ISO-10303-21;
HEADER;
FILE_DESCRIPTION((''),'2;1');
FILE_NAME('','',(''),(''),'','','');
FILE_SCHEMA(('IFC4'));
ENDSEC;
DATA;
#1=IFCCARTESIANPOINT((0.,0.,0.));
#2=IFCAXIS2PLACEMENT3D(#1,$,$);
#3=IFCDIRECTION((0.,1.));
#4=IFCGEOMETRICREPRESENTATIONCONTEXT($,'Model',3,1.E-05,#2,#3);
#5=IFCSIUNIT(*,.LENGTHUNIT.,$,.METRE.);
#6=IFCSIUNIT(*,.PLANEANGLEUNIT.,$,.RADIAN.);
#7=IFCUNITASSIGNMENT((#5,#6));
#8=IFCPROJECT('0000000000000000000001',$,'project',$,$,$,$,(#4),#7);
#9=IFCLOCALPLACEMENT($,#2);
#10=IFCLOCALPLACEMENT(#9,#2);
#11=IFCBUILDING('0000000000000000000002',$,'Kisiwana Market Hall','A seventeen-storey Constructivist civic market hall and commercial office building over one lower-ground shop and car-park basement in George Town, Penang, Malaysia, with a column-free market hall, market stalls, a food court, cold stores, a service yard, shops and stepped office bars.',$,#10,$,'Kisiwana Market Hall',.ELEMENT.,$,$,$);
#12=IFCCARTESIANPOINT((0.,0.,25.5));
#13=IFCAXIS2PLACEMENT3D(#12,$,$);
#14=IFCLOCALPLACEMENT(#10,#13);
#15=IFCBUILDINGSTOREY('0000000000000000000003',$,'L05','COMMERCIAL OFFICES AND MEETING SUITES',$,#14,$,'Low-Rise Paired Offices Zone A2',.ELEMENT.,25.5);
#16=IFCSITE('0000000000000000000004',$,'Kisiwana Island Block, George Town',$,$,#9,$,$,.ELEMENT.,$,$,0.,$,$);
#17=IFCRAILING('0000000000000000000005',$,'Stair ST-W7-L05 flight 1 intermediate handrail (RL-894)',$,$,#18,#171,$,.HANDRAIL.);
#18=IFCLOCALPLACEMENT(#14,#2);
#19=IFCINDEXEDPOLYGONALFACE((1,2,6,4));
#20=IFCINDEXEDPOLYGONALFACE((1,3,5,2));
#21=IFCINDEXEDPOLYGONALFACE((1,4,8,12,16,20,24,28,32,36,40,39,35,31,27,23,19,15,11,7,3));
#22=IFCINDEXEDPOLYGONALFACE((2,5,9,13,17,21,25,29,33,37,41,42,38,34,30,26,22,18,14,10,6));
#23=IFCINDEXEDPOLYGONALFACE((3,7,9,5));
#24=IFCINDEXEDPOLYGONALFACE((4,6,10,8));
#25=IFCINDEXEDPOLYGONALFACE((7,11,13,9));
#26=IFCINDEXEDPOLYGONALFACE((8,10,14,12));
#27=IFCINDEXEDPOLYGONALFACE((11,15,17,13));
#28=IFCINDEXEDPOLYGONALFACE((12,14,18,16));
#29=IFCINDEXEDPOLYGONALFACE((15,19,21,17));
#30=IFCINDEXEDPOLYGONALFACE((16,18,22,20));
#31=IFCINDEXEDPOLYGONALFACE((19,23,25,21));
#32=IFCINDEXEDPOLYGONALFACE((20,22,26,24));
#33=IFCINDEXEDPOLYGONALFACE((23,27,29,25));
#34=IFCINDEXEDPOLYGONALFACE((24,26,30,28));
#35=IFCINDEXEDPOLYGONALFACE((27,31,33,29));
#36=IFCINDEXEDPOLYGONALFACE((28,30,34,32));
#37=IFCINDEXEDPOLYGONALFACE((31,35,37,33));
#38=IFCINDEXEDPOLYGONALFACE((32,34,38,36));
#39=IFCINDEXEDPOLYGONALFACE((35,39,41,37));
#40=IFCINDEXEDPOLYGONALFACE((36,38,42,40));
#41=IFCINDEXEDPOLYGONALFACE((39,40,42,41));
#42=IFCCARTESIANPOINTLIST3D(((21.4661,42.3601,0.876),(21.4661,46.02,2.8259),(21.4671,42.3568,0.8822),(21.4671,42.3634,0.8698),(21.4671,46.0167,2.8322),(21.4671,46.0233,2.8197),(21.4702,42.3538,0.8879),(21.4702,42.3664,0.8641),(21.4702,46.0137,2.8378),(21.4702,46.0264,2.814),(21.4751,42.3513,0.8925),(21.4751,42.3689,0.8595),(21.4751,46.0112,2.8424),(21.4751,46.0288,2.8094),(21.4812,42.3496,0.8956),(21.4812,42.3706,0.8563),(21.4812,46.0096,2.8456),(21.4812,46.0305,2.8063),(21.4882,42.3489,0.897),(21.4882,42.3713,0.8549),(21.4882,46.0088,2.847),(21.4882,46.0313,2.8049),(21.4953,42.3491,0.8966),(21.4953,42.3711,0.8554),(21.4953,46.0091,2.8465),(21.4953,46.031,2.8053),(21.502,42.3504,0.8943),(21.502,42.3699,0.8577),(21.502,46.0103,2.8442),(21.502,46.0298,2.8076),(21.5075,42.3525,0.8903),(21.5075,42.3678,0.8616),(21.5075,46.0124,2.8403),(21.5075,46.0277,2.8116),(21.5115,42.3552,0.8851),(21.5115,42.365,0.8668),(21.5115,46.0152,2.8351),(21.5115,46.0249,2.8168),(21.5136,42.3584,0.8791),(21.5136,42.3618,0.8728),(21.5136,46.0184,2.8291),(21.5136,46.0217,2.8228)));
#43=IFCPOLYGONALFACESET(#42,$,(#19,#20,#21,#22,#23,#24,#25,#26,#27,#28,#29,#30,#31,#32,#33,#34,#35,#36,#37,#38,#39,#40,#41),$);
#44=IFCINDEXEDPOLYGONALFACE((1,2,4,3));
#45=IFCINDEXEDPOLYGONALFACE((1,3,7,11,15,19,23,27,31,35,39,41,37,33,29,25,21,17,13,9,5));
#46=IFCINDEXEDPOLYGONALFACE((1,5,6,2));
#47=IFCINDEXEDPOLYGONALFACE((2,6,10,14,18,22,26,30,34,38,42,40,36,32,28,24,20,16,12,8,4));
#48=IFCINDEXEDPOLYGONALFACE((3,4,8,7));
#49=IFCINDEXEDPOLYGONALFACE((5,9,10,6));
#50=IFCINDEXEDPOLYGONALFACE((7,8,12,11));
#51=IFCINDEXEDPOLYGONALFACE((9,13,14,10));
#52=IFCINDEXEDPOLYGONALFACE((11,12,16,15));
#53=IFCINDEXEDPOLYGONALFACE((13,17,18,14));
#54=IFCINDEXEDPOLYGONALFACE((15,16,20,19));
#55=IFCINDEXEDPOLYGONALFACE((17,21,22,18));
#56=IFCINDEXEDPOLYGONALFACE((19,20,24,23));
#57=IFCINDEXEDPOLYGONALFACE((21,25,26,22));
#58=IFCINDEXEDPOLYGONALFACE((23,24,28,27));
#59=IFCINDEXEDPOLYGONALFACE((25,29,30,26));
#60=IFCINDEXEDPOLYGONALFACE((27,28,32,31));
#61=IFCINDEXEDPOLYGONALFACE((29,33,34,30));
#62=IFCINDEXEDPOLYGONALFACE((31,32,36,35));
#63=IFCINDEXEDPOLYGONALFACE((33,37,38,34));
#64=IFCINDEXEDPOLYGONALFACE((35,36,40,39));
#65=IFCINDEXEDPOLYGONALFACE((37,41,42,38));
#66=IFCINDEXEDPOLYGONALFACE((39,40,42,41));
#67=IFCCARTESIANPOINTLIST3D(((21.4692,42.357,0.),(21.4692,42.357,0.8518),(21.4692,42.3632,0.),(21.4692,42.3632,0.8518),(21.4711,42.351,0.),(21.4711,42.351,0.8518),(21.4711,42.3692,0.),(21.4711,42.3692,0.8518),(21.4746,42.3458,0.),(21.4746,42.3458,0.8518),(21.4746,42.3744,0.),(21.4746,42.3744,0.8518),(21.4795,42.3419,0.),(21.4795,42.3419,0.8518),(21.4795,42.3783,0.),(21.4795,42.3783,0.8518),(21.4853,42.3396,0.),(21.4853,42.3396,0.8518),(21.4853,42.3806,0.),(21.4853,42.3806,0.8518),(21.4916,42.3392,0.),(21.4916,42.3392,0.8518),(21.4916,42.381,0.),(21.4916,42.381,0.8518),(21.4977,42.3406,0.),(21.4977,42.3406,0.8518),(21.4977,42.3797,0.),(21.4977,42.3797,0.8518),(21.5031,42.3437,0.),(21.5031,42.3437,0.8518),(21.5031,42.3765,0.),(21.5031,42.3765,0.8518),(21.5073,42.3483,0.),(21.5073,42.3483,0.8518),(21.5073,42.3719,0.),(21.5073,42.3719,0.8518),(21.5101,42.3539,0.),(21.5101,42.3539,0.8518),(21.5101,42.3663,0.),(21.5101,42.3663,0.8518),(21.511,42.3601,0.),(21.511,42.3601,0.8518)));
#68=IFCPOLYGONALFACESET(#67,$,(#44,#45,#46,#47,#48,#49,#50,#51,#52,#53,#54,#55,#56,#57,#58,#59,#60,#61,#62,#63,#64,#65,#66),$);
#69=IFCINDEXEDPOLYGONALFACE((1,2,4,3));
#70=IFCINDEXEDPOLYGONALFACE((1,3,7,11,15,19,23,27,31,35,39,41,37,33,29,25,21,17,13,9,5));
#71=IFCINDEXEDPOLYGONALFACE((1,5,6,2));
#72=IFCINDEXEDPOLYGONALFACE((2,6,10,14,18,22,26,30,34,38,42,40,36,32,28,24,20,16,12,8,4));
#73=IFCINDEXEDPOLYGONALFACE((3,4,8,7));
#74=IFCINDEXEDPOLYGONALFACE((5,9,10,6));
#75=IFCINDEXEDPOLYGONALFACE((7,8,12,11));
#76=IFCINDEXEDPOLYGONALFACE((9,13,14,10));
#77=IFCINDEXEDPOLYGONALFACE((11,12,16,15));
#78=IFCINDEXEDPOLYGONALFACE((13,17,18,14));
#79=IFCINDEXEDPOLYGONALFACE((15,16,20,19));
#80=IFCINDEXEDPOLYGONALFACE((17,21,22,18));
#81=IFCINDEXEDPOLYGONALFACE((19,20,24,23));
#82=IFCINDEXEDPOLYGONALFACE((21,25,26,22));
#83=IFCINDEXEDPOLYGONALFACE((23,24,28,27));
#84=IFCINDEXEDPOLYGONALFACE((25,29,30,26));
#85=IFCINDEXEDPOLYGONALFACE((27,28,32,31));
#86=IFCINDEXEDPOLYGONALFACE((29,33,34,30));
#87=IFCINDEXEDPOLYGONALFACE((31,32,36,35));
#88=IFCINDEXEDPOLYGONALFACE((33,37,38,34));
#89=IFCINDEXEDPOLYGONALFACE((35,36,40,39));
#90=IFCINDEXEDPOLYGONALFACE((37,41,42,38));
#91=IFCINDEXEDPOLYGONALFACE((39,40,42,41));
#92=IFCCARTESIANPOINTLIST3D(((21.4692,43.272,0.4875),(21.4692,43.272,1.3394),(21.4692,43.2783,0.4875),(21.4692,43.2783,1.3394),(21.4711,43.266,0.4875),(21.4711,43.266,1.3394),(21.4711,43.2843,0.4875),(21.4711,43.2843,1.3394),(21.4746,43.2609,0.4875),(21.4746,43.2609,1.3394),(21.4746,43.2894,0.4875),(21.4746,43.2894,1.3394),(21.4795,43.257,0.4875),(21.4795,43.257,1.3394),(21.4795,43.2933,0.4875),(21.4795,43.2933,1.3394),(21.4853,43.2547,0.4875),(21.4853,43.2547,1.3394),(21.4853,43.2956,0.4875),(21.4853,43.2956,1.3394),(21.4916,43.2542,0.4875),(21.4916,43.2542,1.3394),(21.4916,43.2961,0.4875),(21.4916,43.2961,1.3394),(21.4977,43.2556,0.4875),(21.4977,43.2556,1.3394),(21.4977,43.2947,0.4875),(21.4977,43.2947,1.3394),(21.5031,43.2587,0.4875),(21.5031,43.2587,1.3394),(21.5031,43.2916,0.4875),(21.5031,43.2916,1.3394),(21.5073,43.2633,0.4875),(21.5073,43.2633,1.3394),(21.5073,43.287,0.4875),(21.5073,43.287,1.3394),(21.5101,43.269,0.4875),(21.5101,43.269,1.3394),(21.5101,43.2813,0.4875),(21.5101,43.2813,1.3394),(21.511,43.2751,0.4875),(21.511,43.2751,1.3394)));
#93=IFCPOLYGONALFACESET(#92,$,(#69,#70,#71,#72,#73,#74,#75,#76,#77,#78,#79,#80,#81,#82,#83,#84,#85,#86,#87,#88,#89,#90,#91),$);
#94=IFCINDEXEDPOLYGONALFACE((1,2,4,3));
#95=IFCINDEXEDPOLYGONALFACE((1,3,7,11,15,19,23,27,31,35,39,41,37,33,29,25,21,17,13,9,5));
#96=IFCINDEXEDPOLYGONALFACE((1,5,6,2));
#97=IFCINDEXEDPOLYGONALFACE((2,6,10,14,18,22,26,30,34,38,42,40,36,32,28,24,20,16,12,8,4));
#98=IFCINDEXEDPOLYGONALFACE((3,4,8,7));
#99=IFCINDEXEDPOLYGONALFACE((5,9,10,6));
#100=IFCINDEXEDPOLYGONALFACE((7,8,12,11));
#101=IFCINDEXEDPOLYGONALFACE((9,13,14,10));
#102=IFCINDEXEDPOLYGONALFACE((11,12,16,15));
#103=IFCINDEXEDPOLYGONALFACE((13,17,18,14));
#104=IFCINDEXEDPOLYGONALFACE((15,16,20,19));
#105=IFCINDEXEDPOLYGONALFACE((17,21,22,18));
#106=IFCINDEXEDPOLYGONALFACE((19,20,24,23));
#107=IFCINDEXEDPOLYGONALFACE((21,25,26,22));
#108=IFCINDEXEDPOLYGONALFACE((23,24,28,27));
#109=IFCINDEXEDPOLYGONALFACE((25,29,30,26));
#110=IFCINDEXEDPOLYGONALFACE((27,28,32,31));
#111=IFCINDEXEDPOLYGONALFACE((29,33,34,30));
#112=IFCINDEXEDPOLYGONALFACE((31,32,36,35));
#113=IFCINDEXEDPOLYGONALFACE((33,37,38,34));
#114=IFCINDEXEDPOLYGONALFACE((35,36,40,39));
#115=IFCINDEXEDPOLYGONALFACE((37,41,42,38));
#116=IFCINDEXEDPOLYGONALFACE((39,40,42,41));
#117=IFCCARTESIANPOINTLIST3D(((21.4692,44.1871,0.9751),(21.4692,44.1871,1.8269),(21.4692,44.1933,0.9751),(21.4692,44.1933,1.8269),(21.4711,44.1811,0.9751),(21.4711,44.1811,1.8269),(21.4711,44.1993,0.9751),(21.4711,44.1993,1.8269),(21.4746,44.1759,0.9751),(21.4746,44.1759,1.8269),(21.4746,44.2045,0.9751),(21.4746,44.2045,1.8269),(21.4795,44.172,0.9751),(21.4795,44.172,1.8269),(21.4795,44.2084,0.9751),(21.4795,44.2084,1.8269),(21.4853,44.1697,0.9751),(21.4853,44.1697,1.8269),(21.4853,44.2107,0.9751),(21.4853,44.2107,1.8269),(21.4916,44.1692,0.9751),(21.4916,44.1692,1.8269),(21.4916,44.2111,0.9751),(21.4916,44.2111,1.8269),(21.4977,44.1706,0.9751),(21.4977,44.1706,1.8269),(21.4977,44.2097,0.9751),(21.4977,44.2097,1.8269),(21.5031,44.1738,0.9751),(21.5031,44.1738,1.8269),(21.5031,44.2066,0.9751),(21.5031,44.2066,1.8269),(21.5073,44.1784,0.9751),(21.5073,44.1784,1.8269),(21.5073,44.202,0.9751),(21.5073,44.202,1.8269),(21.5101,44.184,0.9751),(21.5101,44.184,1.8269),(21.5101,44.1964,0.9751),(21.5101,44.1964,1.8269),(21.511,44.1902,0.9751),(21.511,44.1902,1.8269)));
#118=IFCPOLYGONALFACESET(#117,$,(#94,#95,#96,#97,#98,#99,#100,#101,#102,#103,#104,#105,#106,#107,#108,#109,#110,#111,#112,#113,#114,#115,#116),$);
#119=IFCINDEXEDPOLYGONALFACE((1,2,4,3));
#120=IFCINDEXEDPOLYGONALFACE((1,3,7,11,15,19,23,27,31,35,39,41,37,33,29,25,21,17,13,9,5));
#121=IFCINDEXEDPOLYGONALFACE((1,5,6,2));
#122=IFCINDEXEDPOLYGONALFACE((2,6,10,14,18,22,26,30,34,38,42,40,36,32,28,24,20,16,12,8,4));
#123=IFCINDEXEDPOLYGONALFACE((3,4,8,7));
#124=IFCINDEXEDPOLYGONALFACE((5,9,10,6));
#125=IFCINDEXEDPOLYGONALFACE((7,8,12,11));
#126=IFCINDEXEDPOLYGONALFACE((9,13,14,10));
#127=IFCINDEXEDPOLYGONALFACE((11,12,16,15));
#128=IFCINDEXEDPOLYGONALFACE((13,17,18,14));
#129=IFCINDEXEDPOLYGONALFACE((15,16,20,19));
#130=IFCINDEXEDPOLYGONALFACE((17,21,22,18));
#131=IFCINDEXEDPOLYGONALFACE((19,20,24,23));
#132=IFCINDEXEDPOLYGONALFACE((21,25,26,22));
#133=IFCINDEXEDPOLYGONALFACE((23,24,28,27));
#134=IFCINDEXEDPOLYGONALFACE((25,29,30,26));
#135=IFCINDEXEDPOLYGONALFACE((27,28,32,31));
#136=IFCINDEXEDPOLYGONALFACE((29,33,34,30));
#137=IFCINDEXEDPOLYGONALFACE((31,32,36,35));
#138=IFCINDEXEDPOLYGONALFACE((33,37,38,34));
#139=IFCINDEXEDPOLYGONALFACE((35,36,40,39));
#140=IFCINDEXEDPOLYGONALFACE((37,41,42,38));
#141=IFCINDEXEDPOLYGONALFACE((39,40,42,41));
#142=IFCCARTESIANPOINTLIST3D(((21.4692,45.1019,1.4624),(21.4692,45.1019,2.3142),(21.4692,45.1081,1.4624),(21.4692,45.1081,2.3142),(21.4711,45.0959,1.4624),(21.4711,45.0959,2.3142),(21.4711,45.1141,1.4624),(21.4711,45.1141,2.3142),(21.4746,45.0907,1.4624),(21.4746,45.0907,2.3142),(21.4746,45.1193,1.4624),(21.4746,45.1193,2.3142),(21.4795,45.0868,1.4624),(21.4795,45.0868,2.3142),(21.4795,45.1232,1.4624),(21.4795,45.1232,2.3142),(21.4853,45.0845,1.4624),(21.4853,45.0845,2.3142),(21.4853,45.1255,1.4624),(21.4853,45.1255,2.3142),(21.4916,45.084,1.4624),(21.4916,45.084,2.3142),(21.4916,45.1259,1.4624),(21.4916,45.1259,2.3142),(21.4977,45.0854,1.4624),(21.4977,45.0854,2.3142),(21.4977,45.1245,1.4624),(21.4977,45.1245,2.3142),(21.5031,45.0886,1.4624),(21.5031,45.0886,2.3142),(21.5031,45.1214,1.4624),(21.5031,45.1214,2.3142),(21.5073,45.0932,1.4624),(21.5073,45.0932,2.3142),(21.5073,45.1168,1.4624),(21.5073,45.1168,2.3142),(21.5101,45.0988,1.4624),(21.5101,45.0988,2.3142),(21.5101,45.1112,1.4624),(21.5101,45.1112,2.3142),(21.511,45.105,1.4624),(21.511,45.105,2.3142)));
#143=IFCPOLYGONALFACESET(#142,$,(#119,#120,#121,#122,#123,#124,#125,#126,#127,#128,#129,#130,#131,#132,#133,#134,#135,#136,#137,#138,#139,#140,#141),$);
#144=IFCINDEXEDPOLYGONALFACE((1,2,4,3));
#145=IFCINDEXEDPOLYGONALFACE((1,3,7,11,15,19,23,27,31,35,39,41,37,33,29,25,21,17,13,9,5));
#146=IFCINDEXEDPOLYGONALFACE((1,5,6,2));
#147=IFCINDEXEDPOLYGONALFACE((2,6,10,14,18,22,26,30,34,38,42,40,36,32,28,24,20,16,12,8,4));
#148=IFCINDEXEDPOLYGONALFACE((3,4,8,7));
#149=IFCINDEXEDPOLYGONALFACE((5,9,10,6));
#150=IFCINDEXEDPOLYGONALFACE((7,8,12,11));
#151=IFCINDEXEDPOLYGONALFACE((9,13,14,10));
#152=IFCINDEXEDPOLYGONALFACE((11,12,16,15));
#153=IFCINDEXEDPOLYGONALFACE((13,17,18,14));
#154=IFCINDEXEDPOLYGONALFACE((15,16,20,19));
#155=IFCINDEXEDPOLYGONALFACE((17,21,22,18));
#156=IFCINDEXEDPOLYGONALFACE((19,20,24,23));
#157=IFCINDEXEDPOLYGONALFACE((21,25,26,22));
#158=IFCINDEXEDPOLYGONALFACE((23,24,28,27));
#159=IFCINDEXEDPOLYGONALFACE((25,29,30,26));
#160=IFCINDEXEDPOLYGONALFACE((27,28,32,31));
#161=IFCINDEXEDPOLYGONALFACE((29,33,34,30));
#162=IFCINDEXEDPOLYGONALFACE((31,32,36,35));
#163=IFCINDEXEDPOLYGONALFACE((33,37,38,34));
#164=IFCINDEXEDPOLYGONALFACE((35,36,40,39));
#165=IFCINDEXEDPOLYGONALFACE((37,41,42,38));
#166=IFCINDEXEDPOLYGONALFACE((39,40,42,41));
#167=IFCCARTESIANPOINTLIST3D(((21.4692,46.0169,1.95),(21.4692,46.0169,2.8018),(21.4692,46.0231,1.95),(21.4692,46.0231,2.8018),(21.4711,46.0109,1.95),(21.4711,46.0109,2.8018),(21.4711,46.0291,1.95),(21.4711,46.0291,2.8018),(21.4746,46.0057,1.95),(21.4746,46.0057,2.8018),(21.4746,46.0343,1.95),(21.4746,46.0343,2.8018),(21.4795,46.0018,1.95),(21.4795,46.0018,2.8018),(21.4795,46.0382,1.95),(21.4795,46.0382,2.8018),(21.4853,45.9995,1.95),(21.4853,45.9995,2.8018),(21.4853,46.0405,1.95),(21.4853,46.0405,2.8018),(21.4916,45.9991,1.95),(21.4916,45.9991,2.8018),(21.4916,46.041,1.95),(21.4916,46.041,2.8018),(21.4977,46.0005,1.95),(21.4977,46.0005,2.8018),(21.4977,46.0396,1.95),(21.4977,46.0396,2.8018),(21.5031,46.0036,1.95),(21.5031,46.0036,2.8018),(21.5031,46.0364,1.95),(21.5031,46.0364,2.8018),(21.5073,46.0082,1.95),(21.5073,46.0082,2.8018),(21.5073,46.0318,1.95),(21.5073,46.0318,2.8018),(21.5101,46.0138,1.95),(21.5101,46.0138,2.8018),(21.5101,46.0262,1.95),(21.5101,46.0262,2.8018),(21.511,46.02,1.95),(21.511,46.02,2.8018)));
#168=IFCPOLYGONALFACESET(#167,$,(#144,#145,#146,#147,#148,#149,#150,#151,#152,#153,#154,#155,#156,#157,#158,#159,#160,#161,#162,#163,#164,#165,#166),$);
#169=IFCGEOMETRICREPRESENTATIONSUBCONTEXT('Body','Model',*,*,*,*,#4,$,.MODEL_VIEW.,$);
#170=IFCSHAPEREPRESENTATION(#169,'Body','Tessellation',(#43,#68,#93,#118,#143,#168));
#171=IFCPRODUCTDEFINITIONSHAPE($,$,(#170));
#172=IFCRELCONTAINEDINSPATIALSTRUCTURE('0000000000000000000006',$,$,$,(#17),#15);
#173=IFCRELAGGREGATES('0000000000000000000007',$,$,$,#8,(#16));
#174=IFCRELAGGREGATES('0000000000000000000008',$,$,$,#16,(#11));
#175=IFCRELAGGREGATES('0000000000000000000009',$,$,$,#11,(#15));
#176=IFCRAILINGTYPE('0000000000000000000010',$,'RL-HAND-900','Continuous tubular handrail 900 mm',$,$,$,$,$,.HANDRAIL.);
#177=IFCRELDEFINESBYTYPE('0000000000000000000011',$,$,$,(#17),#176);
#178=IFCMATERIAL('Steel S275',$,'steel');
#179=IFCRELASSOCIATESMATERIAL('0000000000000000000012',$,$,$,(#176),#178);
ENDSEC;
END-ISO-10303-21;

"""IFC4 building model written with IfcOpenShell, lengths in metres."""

from ifc_helpers import new_model, si_unit, direction, frame, origin, origin_2d, place, context, subcontext, project, spatial, circle, extrude, material, type_object, element, save


model = new_model("IFC4")

# Units and contexts
model_context = context("Model", 3, precision=1e-05, world=origin(), true_north=direction((0.0, 1.0)))
body_context = subcontext(model_context, "Body", "Model", "MODEL_VIEW")
ifc_project = project(units=[si_unit("LENGTHUNIT", "METRE"), si_unit("PLANEANGLEUNIT", "RADIAN")], contexts=[model_context])

# Site, building, storey
site_placement = place(None, origin())
site = spatial("IfcSite", under=ifc_project, at=site_placement, Name="Kisiwana Island Block, George Town", CompositionType="ELEMENT", RefElevation=0.0)
building_placement = place(site_placement, origin())
building = spatial("IfcBuilding", under=site, at=building_placement, Name="Kisiwana Market Hall", Description="A seventeen-storey Constructivist civic market hall and commercial office building over one lower-ground shop and car-park basement in George Town, Penang, Malaysia, with a column-free market hall, market stalls, a food court, cold stores, a service yard, shops and stepped office bars.", LongName="Kisiwana Market Hall", CompositionType="ELEMENT")
storey_placement = place(building_placement, frame((0.0, 0.0, 25.5)))
storey = spatial("IfcBuildingStorey", under=building, at=storey_placement, Name="L05", Description="COMMERCIAL OFFICES AND MEETING SUITES", LongName="Low-Rise Paired Offices Zone A2", CompositionType="ELEMENT", Elevation=25.5)

# Railing
ifc_material_1 = material(Name="Steel S275", Category="steel")
railing_type_1 = type_object("IfcRailingType", Name="RL-HAND-900", Description="Continuous tubular handrail 900 mm", PredefinedType="HANDRAIL", material=ifc_material_1)
for number, where, name in (
    (1, (21.49, 42.3601, 0.0), "Stair ST-W7-L05 flight 1 intermediate handrail (RL-894)"),
):
    element("IfcRailing", number, at=place(storey_placement, frame(where)), inside=storey, type_object=railing_type_1, Name=name, PredefinedType="HANDRAIL", context=body_context, shape_type="SweptSolid", body=[
        extrude(circle(Radius=0.0239, at=origin_2d()), frame((0.0, 0.0, 0.876), z_axis=(0.0, 0.882553, 0.470212), x_axis=(-1.0, 0.0, 0.0)), (0.0, 0.0, 1.0), 4.147),
        extrude(circle(Radius=0.021, at=origin_2d()), origin(), (0.0, 0.0, 1.0), 0.8518),
        extrude(circle(Radius=0.021, at=origin_2d()), frame((0.0, 0.915, 0.4875)), (0.0, 0.0, 1.0), 0.8518),
        extrude(circle(Radius=0.021, at=origin_2d()), frame((0.0, 1.8301, 0.9751)), (0.0, 0.0, 1.0), 0.8518),
        extrude(circle(Radius=0.021, at=origin_2d()), frame((0.0, 2.7449, 1.4624)), (0.0, 0.0, 1.0), 0.8518),
        extrude(circle(Radius=0.021, at=origin_2d()), frame((0.0, 3.6599, 1.95)), (0.0, 0.0, 1.0), 0.8518),
    ])

save(model, "model.ifc")
